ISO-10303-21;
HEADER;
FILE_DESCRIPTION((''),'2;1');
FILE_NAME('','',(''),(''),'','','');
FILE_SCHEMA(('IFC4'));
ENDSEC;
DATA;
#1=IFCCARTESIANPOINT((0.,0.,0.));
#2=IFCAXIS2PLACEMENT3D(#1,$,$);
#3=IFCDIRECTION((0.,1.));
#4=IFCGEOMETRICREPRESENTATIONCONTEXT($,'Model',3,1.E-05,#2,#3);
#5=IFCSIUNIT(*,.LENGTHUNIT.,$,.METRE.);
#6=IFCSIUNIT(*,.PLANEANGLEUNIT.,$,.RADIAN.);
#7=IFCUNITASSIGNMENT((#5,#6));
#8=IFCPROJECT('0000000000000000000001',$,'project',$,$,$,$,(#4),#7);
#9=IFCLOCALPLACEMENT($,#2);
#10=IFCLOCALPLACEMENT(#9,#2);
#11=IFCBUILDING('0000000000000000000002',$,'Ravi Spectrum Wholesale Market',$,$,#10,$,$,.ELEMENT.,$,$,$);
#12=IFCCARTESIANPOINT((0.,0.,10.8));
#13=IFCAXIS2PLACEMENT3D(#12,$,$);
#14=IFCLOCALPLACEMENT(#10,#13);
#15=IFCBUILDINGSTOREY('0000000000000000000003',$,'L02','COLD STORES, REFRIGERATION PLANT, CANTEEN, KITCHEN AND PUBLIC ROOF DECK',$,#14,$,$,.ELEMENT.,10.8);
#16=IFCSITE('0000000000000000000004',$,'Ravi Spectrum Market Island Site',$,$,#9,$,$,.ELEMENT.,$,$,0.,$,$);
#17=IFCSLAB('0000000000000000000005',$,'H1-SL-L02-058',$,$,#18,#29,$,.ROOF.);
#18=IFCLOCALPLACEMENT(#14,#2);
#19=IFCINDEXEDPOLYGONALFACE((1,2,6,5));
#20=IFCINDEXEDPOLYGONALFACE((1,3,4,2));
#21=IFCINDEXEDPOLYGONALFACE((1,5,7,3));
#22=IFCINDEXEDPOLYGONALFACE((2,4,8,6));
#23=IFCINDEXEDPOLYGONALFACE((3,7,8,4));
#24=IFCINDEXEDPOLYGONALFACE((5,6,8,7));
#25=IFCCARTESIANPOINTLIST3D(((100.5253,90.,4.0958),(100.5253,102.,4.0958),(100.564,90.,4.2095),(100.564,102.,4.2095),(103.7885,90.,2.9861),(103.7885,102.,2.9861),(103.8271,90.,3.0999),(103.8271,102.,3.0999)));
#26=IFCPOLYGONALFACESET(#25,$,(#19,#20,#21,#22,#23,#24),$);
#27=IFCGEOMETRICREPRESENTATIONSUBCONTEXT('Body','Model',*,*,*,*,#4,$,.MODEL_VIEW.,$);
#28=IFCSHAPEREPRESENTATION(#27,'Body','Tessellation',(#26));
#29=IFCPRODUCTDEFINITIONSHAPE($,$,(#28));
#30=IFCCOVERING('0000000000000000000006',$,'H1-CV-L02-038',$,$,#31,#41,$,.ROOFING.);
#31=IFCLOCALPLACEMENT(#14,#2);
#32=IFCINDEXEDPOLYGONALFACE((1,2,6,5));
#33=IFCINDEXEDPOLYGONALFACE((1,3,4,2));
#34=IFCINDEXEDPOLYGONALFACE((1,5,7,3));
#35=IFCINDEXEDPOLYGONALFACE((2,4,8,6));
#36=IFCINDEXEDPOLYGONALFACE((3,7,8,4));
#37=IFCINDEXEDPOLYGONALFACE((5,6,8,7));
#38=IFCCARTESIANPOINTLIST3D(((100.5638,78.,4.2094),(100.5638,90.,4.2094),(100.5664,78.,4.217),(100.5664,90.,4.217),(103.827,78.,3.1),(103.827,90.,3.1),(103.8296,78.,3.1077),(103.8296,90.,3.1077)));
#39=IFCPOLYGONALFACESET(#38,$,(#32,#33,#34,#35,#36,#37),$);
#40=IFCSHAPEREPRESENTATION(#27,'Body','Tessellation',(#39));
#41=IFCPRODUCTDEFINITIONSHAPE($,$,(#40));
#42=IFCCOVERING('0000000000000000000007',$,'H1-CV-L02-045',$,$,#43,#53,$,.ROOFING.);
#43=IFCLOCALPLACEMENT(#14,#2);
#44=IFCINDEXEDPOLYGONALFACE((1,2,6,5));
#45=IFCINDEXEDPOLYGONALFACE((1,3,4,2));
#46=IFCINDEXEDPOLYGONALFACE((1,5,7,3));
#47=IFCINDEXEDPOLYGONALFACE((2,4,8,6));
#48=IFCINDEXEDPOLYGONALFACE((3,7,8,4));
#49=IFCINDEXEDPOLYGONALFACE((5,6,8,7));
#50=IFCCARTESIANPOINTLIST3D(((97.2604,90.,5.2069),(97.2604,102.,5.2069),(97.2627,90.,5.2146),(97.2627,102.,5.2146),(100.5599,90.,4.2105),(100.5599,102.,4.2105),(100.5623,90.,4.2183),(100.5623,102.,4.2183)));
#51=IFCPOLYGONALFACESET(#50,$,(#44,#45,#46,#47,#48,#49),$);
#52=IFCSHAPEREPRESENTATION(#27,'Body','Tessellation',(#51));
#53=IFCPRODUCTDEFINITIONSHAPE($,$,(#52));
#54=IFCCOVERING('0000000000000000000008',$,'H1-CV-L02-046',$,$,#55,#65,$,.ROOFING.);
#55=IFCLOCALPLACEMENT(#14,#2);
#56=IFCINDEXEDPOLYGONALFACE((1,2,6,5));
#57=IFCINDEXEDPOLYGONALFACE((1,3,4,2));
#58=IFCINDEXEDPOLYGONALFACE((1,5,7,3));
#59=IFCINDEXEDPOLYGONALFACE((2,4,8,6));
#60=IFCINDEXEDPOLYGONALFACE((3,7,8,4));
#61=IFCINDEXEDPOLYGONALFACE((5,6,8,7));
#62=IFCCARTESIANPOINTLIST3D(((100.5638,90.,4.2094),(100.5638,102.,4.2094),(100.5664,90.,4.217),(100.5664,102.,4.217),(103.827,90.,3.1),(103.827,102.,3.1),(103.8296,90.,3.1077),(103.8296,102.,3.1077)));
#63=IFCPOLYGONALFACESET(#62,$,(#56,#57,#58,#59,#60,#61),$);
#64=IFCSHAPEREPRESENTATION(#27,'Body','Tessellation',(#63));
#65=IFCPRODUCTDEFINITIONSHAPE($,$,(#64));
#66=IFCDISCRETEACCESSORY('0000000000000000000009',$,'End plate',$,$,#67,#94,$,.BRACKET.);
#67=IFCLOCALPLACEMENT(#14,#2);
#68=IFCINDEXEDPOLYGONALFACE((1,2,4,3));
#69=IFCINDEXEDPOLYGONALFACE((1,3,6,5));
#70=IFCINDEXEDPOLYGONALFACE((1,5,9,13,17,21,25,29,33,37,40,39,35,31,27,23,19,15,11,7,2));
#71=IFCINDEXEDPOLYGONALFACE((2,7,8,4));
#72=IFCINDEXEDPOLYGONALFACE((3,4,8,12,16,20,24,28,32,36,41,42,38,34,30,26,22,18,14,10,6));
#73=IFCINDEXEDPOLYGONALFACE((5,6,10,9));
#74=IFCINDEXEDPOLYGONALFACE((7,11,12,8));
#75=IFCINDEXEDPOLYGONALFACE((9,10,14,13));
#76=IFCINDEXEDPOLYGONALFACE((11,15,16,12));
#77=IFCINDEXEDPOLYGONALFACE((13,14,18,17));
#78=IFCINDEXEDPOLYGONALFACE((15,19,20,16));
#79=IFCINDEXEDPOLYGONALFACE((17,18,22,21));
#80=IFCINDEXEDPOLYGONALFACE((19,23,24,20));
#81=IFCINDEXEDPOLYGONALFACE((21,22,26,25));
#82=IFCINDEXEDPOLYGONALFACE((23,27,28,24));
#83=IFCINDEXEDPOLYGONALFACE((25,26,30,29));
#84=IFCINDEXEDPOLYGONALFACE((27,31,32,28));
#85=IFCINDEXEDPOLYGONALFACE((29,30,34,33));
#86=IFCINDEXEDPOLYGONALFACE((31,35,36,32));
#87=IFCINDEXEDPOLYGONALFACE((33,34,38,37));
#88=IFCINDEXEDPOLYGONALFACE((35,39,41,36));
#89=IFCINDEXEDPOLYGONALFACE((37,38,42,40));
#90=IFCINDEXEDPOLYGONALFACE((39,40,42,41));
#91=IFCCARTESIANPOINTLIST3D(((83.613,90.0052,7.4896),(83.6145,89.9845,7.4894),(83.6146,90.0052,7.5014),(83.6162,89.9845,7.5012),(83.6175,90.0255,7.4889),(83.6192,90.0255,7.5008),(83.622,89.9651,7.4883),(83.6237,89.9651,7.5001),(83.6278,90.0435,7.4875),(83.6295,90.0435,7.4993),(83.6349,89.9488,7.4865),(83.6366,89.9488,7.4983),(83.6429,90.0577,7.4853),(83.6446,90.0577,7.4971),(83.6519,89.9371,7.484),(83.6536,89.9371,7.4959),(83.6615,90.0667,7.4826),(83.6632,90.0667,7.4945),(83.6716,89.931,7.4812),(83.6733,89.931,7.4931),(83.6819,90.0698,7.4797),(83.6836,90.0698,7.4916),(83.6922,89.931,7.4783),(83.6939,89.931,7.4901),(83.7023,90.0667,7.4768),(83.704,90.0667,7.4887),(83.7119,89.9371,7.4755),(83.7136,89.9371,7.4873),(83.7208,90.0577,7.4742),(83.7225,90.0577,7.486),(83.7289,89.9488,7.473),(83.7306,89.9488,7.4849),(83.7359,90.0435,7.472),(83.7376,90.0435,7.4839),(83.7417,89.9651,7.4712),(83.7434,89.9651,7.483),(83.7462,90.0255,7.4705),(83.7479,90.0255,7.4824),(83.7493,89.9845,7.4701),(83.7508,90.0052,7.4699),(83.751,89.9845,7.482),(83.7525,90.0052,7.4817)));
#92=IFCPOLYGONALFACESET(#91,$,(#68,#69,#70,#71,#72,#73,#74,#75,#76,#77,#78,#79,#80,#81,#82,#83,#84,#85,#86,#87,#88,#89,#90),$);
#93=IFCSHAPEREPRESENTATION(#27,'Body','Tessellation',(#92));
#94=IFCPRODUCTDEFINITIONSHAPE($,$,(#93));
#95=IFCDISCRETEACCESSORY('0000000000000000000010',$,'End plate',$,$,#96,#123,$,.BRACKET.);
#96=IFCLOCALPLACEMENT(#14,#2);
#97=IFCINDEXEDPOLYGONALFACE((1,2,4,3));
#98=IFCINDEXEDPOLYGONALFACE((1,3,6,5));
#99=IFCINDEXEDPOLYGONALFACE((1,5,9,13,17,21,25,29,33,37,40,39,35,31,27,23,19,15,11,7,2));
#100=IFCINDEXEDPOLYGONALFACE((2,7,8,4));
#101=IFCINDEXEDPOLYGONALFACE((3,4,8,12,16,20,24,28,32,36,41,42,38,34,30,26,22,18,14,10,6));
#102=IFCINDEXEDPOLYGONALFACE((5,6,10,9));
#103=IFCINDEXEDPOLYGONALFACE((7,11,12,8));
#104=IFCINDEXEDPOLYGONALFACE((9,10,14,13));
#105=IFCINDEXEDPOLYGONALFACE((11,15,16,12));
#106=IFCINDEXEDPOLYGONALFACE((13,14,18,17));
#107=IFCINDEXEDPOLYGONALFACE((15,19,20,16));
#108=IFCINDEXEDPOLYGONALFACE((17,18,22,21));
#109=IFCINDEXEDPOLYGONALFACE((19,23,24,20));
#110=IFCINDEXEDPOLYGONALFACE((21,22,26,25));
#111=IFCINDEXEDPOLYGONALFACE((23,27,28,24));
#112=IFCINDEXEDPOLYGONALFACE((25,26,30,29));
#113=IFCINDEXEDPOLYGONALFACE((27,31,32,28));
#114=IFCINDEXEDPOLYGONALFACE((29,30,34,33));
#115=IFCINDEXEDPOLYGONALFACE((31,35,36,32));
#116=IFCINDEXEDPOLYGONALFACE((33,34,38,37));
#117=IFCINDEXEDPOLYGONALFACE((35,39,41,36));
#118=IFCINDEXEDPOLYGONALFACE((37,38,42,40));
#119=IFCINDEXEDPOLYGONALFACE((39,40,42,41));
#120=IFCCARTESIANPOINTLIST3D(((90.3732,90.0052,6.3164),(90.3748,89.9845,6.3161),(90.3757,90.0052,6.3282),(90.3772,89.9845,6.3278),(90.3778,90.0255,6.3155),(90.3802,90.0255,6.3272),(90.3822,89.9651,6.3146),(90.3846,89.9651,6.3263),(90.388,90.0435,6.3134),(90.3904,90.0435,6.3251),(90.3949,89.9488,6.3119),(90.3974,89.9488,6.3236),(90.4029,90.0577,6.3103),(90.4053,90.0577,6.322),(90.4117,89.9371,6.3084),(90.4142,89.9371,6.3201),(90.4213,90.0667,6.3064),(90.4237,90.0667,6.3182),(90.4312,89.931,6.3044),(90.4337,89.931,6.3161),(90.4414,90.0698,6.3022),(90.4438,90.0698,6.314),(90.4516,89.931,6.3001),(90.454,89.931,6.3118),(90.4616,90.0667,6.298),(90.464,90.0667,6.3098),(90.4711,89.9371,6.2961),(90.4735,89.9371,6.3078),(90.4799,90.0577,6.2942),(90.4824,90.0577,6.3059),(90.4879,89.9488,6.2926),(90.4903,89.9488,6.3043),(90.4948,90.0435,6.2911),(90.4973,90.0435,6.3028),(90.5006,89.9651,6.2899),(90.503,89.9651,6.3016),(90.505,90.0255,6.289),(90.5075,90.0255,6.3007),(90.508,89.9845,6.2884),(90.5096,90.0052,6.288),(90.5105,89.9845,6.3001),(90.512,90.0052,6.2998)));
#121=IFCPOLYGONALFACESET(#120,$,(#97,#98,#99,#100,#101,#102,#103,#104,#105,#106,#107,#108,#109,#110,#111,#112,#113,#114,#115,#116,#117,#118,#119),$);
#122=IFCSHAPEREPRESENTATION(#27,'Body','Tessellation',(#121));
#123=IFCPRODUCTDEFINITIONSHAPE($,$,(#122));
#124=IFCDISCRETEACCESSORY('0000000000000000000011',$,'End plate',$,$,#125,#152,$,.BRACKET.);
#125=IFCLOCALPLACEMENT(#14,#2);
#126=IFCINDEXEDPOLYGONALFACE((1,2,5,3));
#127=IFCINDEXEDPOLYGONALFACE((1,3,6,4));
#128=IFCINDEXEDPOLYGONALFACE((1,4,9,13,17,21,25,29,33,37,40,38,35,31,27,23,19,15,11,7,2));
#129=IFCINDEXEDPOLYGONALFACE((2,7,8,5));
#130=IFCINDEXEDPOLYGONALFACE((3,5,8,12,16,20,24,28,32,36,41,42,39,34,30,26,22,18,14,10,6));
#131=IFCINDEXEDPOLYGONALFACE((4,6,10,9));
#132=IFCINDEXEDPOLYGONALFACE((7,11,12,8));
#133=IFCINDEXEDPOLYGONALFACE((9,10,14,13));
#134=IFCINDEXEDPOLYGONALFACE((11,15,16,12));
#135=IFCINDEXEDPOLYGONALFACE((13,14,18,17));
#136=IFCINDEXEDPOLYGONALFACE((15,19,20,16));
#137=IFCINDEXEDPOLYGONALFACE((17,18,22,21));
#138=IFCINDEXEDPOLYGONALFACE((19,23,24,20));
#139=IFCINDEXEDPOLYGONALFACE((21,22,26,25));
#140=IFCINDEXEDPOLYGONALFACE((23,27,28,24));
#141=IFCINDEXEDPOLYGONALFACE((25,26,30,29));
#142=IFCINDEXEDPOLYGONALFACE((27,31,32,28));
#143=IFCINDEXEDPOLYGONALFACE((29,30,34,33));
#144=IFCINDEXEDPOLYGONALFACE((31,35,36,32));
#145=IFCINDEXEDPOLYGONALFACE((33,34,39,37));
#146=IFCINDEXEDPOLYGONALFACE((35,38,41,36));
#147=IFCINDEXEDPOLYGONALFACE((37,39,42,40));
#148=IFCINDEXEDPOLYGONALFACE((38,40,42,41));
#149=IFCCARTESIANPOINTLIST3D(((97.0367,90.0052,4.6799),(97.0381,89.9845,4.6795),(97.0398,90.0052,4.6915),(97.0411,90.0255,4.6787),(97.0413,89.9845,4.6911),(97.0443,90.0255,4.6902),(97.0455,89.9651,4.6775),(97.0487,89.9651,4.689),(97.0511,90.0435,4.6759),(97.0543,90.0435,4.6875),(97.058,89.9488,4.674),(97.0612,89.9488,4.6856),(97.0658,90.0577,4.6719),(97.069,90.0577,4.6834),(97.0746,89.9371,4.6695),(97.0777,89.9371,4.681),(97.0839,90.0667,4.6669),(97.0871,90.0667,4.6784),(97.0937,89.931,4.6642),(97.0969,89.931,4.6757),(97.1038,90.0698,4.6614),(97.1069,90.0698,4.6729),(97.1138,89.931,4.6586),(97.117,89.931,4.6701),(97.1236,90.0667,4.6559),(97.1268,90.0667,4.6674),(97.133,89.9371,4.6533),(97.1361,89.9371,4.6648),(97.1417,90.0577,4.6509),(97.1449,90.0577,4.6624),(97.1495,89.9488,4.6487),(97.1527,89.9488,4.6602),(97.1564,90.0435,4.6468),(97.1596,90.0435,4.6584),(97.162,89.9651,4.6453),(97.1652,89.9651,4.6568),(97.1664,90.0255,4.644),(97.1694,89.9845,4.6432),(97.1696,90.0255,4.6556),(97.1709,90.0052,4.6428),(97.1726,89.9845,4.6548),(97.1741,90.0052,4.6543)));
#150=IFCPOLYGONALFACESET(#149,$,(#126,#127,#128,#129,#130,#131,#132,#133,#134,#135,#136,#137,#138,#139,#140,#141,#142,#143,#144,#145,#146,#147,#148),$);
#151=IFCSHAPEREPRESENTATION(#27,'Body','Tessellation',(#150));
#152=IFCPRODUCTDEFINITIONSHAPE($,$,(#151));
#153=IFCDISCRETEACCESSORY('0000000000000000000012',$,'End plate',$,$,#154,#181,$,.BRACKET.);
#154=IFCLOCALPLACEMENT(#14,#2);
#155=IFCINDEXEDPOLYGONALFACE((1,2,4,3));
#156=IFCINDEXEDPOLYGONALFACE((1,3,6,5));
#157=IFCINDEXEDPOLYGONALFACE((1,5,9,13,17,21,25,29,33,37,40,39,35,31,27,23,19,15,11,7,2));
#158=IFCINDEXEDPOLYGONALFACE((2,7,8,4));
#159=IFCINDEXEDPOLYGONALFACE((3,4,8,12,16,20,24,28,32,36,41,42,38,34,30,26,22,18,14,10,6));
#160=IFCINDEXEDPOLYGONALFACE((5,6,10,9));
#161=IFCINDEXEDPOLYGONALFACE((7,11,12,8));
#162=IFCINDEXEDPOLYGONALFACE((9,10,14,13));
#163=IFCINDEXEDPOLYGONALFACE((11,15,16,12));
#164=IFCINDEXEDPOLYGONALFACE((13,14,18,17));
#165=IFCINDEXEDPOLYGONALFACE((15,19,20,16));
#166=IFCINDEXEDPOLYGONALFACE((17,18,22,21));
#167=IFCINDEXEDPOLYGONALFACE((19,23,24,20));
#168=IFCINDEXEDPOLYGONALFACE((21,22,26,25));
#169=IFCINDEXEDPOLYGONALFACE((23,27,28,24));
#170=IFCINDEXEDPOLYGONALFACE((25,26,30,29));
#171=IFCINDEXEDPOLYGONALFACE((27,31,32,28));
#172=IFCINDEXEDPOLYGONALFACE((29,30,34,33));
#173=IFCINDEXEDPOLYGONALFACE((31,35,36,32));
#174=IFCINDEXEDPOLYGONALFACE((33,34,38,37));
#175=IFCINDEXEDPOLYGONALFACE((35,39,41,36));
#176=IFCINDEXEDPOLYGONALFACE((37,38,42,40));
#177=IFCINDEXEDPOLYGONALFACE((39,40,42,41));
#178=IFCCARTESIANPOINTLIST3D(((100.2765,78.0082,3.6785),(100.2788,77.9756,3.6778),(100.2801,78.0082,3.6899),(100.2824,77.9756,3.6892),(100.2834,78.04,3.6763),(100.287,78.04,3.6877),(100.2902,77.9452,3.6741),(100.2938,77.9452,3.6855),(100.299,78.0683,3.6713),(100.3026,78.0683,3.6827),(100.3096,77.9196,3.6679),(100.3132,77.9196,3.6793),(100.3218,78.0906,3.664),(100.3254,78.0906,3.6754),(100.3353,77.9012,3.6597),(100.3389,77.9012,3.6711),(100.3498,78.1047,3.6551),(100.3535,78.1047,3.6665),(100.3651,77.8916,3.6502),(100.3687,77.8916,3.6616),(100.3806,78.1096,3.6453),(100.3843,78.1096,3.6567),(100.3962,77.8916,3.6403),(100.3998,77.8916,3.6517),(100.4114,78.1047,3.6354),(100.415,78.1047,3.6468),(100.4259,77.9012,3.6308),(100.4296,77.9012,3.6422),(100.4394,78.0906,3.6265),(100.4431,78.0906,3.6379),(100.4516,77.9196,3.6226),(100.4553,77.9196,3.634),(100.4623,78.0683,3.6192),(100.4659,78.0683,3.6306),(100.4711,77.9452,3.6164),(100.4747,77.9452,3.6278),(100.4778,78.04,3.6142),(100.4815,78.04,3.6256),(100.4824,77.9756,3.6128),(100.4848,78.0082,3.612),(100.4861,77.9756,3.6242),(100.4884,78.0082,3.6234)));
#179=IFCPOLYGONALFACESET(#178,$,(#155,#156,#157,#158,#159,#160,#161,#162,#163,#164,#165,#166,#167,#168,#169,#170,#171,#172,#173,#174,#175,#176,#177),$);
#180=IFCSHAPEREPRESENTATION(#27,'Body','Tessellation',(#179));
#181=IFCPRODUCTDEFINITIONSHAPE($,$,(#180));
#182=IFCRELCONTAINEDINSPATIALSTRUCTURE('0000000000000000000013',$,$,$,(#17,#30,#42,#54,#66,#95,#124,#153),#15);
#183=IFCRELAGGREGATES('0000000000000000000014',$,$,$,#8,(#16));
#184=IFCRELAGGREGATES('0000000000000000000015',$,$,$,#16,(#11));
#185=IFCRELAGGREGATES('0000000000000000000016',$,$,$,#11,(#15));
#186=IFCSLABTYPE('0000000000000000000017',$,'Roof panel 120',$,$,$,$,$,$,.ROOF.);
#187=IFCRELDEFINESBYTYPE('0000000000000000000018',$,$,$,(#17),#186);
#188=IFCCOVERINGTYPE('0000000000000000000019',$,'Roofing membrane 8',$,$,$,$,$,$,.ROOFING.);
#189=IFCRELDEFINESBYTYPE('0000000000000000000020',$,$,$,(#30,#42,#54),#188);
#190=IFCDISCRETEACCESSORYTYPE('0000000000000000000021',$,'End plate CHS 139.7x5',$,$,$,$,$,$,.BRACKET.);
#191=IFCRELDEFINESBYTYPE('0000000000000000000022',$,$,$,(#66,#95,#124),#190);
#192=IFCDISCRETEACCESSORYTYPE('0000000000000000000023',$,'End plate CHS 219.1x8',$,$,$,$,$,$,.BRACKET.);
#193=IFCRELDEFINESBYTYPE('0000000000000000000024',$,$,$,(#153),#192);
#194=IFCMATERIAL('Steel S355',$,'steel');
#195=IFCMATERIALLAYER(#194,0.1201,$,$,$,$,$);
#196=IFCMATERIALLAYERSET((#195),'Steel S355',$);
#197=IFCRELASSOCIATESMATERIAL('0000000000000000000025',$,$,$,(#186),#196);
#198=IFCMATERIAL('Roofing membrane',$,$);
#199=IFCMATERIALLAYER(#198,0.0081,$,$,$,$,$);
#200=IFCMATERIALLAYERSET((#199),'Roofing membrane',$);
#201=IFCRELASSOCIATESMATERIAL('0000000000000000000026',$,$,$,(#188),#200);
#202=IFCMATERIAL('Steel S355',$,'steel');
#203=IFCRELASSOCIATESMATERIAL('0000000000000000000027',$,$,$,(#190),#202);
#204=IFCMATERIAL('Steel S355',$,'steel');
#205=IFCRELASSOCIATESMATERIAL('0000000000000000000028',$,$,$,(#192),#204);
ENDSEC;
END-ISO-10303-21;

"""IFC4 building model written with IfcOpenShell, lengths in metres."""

from ifc_helpers import new_model, si_unit, direction, frame, origin, origin_2d, place, context, subcontext, project, spatial, polyline, circle, outline, extrude, material, layer, layer_set, material_profile, profile_set, type_object, element, save


model = new_model("IFC4")

# Units and contexts
model_context = context("Model", 3, precision=1e-05, world=origin(), true_north=direction((0.0, 1.0)))
body_context = subcontext(model_context, "Body", "Model", "MODEL_VIEW")
ifc_project = project(units=[si_unit("LENGTHUNIT", "METRE"), si_unit("PLANEANGLEUNIT", "RADIAN")], contexts=[model_context])

# Site, building, storey
site_placement = place(None, origin())
site = spatial("IfcSite", under=ifc_project, at=site_placement, Name="Ravi Spectrum Market Island Site", CompositionType="ELEMENT", RefElevation=0.0)
building_placement = place(site_placement, origin())
building = spatial("IfcBuilding", under=site, at=building_placement, Name="Ravi Spectrum Wholesale Market", CompositionType="ELEMENT")
storey_placement = place(building_placement, frame((0.0, 0.0, 10.8)))
storey = spatial("IfcBuildingStorey", under=building, at=storey_placement, Name="L02", Description="COLD STORES, REFRIGERATION PLANT, CANTEEN, KITCHEN AND PUBLIC ROOF DECK", CompositionType="ELEMENT", Elevation=10.8)

# Slab
ifc_material_1 = material(Name="Steel S355", Category="steel")
ifc_layer_1 = layer(ifc_material_1, 0.1201)
ifc_layer_set_1 = layer_set([ifc_layer_1], Name="Steel S355")
slab_type = type_object("IfcSlabType", Name="Roof panel 120", PredefinedType="ROOF", material=ifc_layer_set_1)
slab_1_placement = place(storey_placement, frame((100.564, 90.0, 4.2095), z_axis=(0.321938, 0.0, 0.946761), x_axis=(0.946761, 0.0, -0.321938)))
element("IfcSlab", 1, at=slab_1_placement, inside=storey, type_object=slab_type, Name="H1-SL-L02-058", PredefinedType="ROOF", context=body_context, shape_type="SweptSolid", body=[
    extrude(outline(polyline([(0.0, 0.0), (3.4467, 0.0), (3.4467, 12.0), (0.0, 12.0), (0.0, 0.0)])), origin(), (0.0, 0.0, -1.0), 0.1201),
])

# Coverings
ifc_material_2 = material(Name="Roofing membrane")
ifc_layer_2 = layer(ifc_material_2, 0.0081)
ifc_layer_set_2 = layer_set([ifc_layer_2], Name="Roofing membrane")
covering_type = type_object("IfcCoveringType", Name="Roofing membrane 8", PredefinedType="ROOFING", material=ifc_layer_set_2)
covering_1_placement = place(storey_placement, frame((100.5664, 78.0, 4.217), z_axis=(0.321875, 0.0, 0.946782), x_axis=(0.946782, 0.0, -0.321875)))
element("IfcCovering", 2, at=covering_1_placement, inside=storey, type_object=covering_type, Name="H1-CV-L02-038", PredefinedType="ROOFING", context=body_context, shape_type="SweptSolid", body=[
    extrude(outline(polyline([(0.0, 0.0), (3.4466, 0.0), (3.4466, 12.0), (0.0, 12.0), (0.0, 0.0)])), origin(), (0.0, 0.0, -1.0), 0.0081),
])
covering_2_placement = place(storey_placement, frame((97.2627, 90.0, 5.2146), z_axis=(0.28907, 0.0, 0.957308), x_axis=(0.957308, 0.0, -0.28907)))
element("IfcCovering", 3, at=covering_2_placement, inside=storey, type_object=covering_type, Name="H1-CV-L02-045", PredefinedType="ROOFING", context=body_context, shape_type="SweptSolid", body=[
    extrude(outline(polyline([(0.0, 0.0), (3.4467, 0.0), (3.4467, 12.0), (0.0, 12.0), (0.0, 0.0)])), origin(), (0.0, 0.0, -1.0), 0.0081),
])
covering_3_placement = place(storey_placement, frame((100.5664, 90.0, 4.217), z_axis=(0.321875, 0.0, 0.946782), x_axis=(0.946782, 0.0, -0.321875)))
element("IfcCovering", 4, at=covering_3_placement, inside=storey, type_object=covering_type, Name="H1-CV-L02-046", PredefinedType="ROOFING", context=body_context, shape_type="SweptSolid", body=[
    extrude(outline(polyline([(0.0, 0.0), (3.4466, 0.0), (3.4466, 12.0), (0.0, 12.0), (0.0, 0.0)])), origin(), (0.0, 0.0, -1.0), 0.0081),
])

# Discrete accessories
ifc_material_3 = material(Name="Steel S355", Category="steel")
ifc_material_profile_1 = material_profile(ifc_material_3, circle(Radius=0.0698, at=origin_2d()))
ifc_profile_set_1 = profile_set([ifc_material_profile_1], Name="Steel S355")
discrete_accessory_type_1 = type_object("IfcDiscreteAccessoryType", Name="End plate CHS 139.7x5", PredefinedType="BRACKET", material=ifc_profile_set_1)
for number, where, z_axis, x_axis, name in (
    (5, (83.6819, 90.0, 7.4797), (0.141421, 0.0, 0.989949), (0.0, 1.0, 0.0), "End plate"),
    (6, (90.4414, 90.0, 6.3022), (0.203954, 0.0, 0.97898), (0.0, 1.0, 0.0), "End plate"),
    (7, (97.1038, 90.0, 4.6614), (0.266586, 0.0, 0.963811), (0.0, 1.0, 0.0), "End plate"),
):
    element("IfcDiscreteAccessory", number, at=place(storey_placement, frame(where, z_axis=z_axis, x_axis=x_axis)), inside=storey, type_object=discrete_accessory_type_1, Name=name, PredefinedType="BRACKET", context=body_context, shape_type="SweptSolid", body=[
        extrude(circle(Radius=0.0698, at=origin_2d()), origin(), (0.0, 0.0, 1.0), 0.012),
    ])
ifc_material_4 = material(Name="Steel S355", Category="steel")
ifc_material_profile_2 = material_profile(ifc_material_4, circle(Radius=0.1096, at=origin_2d()))
ifc_profile_set_2 = profile_set([ifc_material_profile_2], Name="Steel S355")
discrete_accessory_type_2 = type_object("IfcDiscreteAccessoryType", Name="End plate CHS 219.1x8", PredefinedType="BRACKET", material=ifc_profile_set_2)
for number, where, z_axis, x_axis, name in (
    (8, (100.3806, 78.0, 3.6453), (0.30404, 0.0, 0.952659), (0.0, 1.0, 0.0), "End plate"),
):
    element("IfcDiscreteAccessory", number, at=place(storey_placement, frame(where, z_axis=z_axis, x_axis=x_axis)), inside=storey, type_object=discrete_accessory_type_2, Name=name, PredefinedType="BRACKET", context=body_context, shape_type="SweptSolid", body=[
        extrude(circle(Radius=0.1096, at=origin_2d()), origin(), (0.0, 0.0, 1.0), 0.012),
    ])

save(model, "model.ifc")
